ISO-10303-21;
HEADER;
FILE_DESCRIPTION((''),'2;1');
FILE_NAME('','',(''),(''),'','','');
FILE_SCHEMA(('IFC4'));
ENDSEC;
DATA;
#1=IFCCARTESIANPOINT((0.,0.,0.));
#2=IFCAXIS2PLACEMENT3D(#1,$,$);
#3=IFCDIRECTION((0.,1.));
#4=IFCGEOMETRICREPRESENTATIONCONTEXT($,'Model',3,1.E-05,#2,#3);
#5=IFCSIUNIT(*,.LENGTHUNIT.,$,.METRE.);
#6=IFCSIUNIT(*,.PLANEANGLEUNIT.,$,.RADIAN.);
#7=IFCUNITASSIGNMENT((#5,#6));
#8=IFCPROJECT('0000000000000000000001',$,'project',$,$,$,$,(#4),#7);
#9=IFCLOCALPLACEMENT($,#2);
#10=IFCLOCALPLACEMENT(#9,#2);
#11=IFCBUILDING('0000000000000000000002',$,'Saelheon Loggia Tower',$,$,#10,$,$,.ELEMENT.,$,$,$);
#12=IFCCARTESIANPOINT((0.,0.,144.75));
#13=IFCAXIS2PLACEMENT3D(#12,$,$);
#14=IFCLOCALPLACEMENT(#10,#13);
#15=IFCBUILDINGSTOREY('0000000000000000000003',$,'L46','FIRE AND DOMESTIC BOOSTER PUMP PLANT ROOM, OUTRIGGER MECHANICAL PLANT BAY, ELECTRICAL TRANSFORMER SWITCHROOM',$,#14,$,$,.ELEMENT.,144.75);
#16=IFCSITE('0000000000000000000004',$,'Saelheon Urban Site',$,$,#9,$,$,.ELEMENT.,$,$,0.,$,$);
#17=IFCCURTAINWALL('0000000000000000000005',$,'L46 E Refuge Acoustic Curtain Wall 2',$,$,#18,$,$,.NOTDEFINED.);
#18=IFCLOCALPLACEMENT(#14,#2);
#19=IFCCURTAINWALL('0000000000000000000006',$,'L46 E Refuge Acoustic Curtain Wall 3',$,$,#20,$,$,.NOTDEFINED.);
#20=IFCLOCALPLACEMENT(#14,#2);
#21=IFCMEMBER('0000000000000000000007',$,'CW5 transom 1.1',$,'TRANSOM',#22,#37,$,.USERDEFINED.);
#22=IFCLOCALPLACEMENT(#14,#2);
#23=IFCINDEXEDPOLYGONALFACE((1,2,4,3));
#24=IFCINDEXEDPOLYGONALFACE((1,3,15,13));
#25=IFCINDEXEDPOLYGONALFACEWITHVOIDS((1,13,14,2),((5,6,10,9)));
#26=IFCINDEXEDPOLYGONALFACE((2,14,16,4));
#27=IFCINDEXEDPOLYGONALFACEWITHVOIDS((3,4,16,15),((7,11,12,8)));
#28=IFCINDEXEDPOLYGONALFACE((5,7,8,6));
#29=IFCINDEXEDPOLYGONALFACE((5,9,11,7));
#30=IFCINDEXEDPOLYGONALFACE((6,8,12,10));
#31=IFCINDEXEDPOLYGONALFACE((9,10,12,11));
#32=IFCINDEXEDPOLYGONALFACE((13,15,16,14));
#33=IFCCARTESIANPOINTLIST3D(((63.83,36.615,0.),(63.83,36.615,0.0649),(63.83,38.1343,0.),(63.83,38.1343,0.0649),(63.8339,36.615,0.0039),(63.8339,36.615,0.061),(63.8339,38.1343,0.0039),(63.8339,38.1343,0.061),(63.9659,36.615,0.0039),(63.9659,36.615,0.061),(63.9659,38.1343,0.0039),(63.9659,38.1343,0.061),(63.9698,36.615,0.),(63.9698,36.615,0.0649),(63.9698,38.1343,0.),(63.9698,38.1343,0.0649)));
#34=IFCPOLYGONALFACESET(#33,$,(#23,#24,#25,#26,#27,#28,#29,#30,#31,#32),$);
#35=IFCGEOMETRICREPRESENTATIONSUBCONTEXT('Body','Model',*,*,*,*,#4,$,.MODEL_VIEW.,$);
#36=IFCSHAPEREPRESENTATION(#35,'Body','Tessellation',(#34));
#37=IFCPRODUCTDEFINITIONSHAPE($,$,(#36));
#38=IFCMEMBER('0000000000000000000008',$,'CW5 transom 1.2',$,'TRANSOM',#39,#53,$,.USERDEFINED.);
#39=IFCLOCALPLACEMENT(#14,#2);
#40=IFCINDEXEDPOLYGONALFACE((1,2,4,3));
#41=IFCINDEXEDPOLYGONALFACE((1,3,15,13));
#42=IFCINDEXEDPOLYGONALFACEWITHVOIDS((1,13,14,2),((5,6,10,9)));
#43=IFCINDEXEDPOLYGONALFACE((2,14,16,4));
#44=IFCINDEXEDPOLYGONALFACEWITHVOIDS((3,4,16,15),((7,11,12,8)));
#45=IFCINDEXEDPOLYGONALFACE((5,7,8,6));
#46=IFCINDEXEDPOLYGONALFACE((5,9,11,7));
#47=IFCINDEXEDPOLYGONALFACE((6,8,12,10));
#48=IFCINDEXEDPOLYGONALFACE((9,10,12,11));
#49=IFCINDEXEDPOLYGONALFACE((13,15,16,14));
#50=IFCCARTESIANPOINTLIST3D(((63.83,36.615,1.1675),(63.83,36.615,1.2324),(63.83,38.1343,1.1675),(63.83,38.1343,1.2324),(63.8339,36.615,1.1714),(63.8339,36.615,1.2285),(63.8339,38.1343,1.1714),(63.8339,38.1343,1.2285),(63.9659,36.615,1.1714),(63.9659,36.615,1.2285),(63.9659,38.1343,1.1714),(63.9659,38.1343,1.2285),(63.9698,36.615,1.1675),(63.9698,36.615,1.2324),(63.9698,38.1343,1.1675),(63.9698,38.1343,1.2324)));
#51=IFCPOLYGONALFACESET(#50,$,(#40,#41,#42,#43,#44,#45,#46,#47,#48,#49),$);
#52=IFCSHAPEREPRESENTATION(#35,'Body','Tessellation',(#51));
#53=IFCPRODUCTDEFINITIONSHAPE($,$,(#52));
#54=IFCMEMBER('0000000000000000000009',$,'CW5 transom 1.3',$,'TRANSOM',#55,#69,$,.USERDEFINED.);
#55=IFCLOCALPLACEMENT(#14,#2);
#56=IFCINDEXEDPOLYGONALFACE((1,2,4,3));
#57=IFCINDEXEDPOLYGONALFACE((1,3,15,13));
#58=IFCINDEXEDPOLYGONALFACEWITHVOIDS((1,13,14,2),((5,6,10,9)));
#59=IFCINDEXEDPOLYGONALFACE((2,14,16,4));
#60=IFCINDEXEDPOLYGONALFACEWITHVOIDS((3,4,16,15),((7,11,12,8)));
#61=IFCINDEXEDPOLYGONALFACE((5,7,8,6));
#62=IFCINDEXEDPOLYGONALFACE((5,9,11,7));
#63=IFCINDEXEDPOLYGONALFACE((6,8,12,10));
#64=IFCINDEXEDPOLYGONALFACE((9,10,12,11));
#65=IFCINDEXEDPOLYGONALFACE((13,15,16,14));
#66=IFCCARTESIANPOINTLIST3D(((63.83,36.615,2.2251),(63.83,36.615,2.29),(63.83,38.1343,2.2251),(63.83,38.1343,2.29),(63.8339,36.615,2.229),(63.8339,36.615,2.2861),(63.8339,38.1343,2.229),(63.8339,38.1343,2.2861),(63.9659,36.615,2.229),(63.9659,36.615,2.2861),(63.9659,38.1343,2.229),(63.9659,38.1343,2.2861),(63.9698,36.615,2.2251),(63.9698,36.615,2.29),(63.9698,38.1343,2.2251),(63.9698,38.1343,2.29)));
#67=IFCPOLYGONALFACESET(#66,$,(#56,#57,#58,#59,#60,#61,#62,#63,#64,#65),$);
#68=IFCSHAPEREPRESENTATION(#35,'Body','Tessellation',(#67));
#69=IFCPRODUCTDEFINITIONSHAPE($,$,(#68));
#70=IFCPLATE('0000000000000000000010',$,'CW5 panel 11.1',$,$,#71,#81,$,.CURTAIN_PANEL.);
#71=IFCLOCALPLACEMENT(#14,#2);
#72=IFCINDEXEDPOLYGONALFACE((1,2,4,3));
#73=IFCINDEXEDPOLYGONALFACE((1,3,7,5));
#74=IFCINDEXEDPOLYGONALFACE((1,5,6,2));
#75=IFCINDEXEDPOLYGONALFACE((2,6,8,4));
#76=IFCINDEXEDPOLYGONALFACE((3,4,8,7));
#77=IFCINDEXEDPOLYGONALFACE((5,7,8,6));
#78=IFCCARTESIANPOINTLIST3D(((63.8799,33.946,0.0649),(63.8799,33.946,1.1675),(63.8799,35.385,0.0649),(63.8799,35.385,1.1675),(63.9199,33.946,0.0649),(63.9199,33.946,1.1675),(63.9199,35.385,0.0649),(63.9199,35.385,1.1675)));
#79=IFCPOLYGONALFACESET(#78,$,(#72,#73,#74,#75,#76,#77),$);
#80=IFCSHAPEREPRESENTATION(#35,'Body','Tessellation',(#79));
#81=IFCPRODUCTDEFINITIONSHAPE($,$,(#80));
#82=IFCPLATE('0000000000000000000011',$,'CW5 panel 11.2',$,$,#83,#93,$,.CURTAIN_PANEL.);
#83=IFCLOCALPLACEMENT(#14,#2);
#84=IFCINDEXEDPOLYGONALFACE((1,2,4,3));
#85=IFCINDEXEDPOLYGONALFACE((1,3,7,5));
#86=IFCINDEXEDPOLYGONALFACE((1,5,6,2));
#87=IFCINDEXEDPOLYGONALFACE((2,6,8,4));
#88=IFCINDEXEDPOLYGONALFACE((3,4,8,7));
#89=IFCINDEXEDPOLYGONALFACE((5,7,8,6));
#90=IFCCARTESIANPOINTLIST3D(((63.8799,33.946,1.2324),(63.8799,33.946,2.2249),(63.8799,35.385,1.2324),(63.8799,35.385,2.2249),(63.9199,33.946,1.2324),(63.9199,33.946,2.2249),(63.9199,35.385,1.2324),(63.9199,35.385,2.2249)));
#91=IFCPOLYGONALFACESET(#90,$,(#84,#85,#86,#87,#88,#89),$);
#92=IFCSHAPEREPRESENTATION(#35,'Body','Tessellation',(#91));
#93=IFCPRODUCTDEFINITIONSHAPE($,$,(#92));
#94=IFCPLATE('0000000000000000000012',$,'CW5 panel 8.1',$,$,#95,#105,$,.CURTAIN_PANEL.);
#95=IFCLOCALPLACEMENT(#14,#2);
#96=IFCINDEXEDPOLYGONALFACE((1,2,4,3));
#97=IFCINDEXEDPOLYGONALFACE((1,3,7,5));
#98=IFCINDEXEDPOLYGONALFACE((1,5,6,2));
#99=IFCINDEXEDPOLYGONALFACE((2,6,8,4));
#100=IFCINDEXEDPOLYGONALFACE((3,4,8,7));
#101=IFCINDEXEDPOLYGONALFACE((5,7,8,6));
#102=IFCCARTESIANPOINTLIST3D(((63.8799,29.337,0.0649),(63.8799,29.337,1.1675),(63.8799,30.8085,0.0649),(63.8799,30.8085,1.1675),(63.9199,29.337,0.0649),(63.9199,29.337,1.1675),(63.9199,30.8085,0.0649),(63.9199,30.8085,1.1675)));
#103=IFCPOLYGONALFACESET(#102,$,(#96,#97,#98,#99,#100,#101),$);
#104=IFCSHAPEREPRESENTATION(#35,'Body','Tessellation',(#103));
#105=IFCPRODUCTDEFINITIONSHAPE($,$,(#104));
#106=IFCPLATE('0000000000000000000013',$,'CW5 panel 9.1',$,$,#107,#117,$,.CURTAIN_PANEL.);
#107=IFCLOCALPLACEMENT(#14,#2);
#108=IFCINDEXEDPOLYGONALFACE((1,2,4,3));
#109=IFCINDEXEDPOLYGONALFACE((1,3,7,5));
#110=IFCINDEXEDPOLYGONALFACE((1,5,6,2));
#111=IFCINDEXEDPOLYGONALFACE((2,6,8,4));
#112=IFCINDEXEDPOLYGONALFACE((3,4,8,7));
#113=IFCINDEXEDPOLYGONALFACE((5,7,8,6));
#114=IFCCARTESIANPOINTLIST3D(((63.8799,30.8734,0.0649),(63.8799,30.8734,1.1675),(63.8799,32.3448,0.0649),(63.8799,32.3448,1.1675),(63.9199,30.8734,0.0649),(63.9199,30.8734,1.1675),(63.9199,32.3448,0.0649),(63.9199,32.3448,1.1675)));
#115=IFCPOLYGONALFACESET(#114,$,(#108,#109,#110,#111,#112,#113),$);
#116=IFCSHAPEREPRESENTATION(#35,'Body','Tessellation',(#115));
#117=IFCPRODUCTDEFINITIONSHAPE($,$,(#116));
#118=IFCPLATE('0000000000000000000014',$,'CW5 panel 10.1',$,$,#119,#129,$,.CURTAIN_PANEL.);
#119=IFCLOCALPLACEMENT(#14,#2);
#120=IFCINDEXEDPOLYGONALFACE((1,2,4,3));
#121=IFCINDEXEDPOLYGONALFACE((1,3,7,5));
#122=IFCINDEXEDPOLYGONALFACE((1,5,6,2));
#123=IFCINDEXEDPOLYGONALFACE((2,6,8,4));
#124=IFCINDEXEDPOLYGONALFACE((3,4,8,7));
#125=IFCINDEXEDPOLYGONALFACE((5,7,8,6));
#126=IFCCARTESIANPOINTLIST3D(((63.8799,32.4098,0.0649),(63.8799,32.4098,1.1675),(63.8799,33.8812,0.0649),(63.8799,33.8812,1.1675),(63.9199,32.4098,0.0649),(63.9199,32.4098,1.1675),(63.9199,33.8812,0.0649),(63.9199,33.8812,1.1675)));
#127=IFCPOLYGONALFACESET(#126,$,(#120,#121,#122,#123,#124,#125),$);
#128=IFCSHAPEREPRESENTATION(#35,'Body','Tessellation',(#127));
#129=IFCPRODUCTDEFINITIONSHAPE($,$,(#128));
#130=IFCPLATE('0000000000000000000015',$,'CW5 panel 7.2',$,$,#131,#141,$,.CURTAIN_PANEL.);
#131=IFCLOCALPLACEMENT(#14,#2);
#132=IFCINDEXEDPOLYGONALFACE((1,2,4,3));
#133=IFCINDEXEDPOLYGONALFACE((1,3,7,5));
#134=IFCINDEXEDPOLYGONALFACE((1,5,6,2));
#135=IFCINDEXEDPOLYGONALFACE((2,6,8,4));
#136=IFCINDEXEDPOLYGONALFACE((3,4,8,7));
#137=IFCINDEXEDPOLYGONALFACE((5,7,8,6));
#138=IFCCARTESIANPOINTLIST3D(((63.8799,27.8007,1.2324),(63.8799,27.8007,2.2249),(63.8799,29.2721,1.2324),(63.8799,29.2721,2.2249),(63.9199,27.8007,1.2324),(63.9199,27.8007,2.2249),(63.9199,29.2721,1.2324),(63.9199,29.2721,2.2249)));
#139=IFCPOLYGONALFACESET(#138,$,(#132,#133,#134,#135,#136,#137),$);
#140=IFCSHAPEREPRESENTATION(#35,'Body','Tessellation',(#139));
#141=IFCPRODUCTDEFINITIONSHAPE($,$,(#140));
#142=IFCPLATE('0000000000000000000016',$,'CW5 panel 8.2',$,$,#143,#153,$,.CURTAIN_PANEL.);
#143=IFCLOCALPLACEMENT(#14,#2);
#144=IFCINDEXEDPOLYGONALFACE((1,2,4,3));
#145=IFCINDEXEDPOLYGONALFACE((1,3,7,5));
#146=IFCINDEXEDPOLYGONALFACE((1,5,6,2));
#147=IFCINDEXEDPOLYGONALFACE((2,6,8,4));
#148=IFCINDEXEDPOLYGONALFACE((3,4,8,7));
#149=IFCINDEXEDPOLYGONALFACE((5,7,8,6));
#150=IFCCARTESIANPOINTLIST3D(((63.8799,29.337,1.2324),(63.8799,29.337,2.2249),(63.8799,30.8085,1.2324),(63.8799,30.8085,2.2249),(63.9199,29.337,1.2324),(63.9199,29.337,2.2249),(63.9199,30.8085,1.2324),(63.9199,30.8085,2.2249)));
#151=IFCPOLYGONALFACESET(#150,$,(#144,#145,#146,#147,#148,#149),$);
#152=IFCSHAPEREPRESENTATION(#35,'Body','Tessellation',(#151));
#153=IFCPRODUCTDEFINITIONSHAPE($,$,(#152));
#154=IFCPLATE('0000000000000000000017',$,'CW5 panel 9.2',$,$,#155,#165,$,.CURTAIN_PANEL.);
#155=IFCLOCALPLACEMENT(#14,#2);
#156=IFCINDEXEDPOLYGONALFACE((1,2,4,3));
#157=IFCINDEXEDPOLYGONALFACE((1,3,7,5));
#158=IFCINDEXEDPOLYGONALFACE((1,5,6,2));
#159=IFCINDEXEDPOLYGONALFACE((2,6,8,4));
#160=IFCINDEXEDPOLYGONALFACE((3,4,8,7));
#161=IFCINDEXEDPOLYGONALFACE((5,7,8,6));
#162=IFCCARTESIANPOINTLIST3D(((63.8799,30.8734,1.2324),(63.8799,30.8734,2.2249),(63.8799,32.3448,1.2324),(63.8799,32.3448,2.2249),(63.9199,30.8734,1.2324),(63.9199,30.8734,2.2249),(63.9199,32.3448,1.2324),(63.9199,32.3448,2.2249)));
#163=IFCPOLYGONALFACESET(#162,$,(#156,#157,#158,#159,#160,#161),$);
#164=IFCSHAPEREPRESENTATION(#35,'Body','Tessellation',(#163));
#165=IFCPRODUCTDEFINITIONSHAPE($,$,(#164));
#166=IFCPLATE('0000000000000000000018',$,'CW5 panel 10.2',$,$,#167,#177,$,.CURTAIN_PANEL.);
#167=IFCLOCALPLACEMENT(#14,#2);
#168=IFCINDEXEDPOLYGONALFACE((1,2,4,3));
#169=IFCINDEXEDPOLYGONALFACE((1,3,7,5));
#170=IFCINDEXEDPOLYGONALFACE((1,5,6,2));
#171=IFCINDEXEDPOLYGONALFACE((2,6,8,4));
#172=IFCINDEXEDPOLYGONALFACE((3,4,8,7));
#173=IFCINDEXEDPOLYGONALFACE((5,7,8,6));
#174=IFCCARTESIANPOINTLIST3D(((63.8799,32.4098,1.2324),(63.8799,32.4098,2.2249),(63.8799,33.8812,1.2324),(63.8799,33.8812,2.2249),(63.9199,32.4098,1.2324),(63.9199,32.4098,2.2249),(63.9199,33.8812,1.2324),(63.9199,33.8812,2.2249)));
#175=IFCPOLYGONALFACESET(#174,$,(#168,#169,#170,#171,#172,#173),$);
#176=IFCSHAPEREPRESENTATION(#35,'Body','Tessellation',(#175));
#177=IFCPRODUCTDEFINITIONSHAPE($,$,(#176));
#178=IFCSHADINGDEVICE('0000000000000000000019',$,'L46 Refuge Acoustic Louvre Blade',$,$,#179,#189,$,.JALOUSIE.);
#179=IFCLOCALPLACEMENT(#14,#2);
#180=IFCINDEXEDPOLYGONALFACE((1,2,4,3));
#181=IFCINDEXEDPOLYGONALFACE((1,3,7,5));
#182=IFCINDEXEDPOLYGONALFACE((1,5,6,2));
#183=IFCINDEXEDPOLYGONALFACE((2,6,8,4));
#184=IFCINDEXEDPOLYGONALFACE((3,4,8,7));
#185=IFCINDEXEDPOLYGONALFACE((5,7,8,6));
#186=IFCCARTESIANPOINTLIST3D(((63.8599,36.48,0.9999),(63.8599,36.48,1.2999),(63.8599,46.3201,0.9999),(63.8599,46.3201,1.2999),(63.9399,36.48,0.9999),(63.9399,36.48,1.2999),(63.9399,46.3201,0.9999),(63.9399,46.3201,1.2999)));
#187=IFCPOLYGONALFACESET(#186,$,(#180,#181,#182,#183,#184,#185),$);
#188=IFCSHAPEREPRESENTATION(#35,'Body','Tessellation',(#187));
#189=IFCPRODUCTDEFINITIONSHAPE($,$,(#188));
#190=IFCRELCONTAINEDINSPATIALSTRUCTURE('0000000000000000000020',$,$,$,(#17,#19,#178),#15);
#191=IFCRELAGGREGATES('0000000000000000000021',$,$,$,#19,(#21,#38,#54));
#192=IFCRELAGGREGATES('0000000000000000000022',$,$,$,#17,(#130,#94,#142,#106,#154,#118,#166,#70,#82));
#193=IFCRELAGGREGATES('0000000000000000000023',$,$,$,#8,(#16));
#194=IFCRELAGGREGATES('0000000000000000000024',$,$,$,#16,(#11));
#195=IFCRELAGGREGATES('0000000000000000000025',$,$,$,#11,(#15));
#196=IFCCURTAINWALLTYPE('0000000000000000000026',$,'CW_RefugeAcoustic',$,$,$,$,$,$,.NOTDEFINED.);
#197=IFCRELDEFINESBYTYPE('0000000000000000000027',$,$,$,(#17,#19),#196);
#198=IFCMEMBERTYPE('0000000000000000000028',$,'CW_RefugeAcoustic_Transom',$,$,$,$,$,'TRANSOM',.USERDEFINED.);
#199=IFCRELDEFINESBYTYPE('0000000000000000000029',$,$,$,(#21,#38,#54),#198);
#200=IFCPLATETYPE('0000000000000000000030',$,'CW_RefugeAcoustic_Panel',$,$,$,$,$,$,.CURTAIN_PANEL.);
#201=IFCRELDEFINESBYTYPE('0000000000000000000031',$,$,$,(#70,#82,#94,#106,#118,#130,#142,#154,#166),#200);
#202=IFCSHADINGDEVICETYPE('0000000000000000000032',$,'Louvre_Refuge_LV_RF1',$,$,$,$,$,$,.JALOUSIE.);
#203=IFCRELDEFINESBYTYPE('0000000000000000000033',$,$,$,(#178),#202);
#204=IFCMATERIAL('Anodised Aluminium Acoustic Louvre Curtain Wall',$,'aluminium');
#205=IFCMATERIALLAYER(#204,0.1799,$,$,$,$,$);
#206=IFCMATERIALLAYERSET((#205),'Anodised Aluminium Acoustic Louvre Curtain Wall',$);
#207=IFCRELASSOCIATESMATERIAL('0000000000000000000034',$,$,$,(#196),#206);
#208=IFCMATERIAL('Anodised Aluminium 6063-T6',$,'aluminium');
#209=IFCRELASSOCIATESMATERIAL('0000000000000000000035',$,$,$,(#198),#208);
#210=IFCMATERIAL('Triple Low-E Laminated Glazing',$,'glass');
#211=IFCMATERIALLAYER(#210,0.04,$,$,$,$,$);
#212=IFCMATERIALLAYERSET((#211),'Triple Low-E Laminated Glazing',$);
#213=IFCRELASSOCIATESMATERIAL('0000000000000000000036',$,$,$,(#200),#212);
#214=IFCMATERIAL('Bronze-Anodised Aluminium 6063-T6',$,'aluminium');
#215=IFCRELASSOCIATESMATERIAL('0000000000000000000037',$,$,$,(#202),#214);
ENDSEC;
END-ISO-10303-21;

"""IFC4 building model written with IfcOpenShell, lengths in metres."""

from ifc_helpers import new_model, si_unit, direction, frame, origin, origin_2d, place, context, subcontext, project, spatial, rectangle, hollow_rectangle, extrude, source, transform, mapped, material, layer, layer_set, material_profile, profile_set, type_object, element, aggregate, save


model = new_model("IFC4")

# Units and contexts
model_context = context("Model", 3, precision=1e-05, world=origin(), true_north=direction((0.0, 1.0)))
body_context = subcontext(model_context, "Body", "Model", "MODEL_VIEW")
ifc_project = project(units=[si_unit("LENGTHUNIT", "METRE"), si_unit("PLANEANGLEUNIT", "RADIAN")], contexts=[model_context])

# Site, building, storey
site_placement = place(None, origin())
site = spatial("IfcSite", under=ifc_project, at=site_placement, Name="Saelheon Urban Site", CompositionType="ELEMENT", RefElevation=0.0)
building_placement = place(site_placement, origin())
building = spatial("IfcBuilding", under=site, at=building_placement, Name="Saelheon Loggia Tower", CompositionType="ELEMENT")
storey_placement = place(building_placement, frame((0.0, 0.0, 144.75)))
storey = spatial("IfcBuildingStorey", under=building, at=storey_placement, Name="L46", Description="FIRE AND DOMESTIC BOOSTER PUMP PLANT ROOM, OUTRIGGER MECHANICAL PLANT BAY, ELECTRICAL TRANSFORMER SWITCHROOM", CompositionType="ELEMENT", Elevation=144.75)

# Curtain wall
ifc_material_1 = material(Name="Anodised Aluminium Acoustic Louvre Curtain Wall", Category="aluminium")
ifc_layer_1 = layer(ifc_material_1, 0.1799)
ifc_layer_set_1 = layer_set([ifc_layer_1], Name="Anodised Aluminium Acoustic Louvre Curtain Wall")
curtain_wall_type = type_object("IfcCurtainWallType", Name="CW_RefugeAcoustic", PredefinedType="NOTDEFINED", material=ifc_layer_set_1)
curtain_wall_1_placement = place(storey_placement, origin())
curtain_wall_1 = element("IfcCurtainWall", 1, at=curtain_wall_1_placement, inside=storey, type_object=curtain_wall_type, Name="L46 E Refuge Acoustic Curtain Wall 2", PredefinedType="NOTDEFINED")
ifc_material_2 = material(Name="Anodised Aluminium 6063-T6", Category="aluminium")

# Curtain wall
curtain_wall_2_placement = place(storey_placement, origin())
curtain_wall_2 = element("IfcCurtainWall", 2, at=curtain_wall_2_placement, inside=storey, type_object=curtain_wall_type, Name="L46 E Refuge Acoustic Curtain Wall 3", PredefinedType="NOTDEFINED")

# Members
ifc_material_profile_1 = material_profile(ifc_material_2, hollow_rectangle(XDim=0.0649, YDim=0.1399, WallThickness=0.0039, at=origin_2d()), Name="RHS-140x65x4")
ifc_profile_set_1 = profile_set([ifc_material_profile_1], Name="Anodised Aluminium 6063-T6")
member_type_1 = type_object("IfcMemberType", Name="CW_RefugeAcoustic_Transom", ElementType="TRANSOM", PredefinedType="USERDEFINED", material=ifc_profile_set_1)
shared_shape_1 = source(origin(), body_context, "Body", "SweptSolid", [
    extrude(hollow_rectangle(XDim=0.0649, YDim=0.1399, WallThickness=0.0039, at=origin_2d()), origin(), (0.0, 0.0, 1.0), 1.5193),
])
member_1_placement = place(storey_placement, frame((63.8999, 36.615, 0.0325), z_axis=(0.0, 1.0, 0.0), x_axis=(0.0, 0.0, 1.0)))
member_1 = element("IfcMember", 3, at=member_1_placement, type_object=member_type_1, Name="CW5 transom 1.1", ObjectType="TRANSOM", PredefinedType="USERDEFINED", context=body_context, shape_type="MappedRepresentation", body=[
    mapped(shared_shape_1, transform((0.0, 0.0, 0.0), scale=1.0)),
])
member_2_placement = place(storey_placement, frame((63.8999, 36.615, 1.2), z_axis=(0.0, 1.0, 0.0), x_axis=(0.0, 0.0, 1.0)))
member_2 = element("IfcMember", 4, at=member_2_placement, type_object=member_type_1, Name="CW5 transom 1.2", ObjectType="TRANSOM", PredefinedType="USERDEFINED", context=body_context, shape_type="MappedRepresentation", body=[
    mapped(shared_shape_1, transform((0.0, 0.0, 0.0), scale=1.0)),
])
member_3_placement = place(storey_placement, frame((63.8999, 36.615, 2.2576), z_axis=(0.0, 1.0, 0.0), x_axis=(0.0, 0.0, 1.0)))
member_3 = element("IfcMember", 5, at=member_3_placement, type_object=member_type_1, Name="CW5 transom 1.3", ObjectType="TRANSOM", PredefinedType="USERDEFINED", context=body_context, shape_type="MappedRepresentation", body=[
    mapped(shared_shape_1, transform((0.0, 0.0, 0.0), scale=1.0)),
])
aggregate(curtain_wall_2, [member_1, member_2, member_3])

# Plates
ifc_material_3 = material(Name="Triple Low-E Laminated Glazing", Category="glass")
ifc_layer_2 = layer(ifc_material_3, 0.04)
ifc_layer_set_2 = layer_set([ifc_layer_2], Name="Triple Low-E Laminated Glazing")
plate_type = type_object("IfcPlateType", Name="CW_RefugeAcoustic_Panel", PredefinedType="CURTAIN_PANEL", material=ifc_layer_set_2)
shared_shape_2 = source(origin(), body_context, "Body", "SweptSolid", [
    extrude(rectangle(XDim=1.439, YDim=0.04, at=origin_2d()), origin(), (0.0, 0.0, 1.0), 1.1025),
])
plate_1_placement = place(storey_placement, frame((63.8999, 34.6655, 0.0649), z_axis=(0.0, 0.0, 1.0), x_axis=(0.0, 1.0, 0.0)))
plate_1 = element("IfcPlate", 6, at=plate_1_placement, type_object=plate_type, Name="CW5 panel 11.1", PredefinedType="CURTAIN_PANEL", context=body_context, shape_type="MappedRepresentation", body=[
    mapped(shared_shape_2, transform((0.0, 0.0, 0.0), scale=1.0)),
])
shared_shape_3 = source(origin(), body_context, "Body", "SweptSolid", [
    extrude(rectangle(XDim=1.439, YDim=0.04, at=origin_2d()), origin(), (0.0, 0.0, 1.0), 0.9924),
])
plate_2_placement = place(storey_placement, frame((63.8999, 34.6655, 1.2324), z_axis=(0.0, 0.0, 1.0), x_axis=(0.0, 1.0, 0.0)))
plate_2 = element("IfcPlate", 7, at=plate_2_placement, type_object=plate_type, Name="CW5 panel 11.2", PredefinedType="CURTAIN_PANEL", context=body_context, shape_type="MappedRepresentation", body=[
    mapped(shared_shape_3, transform((0.0, 0.0, 0.0), scale=1.0)),
])
shared_shape_4 = source(origin(), body_context, "Body", "SweptSolid", [
    extrude(rectangle(XDim=1.4714, YDim=0.04, at=origin_2d()), origin(), (0.0, 0.0, 1.0), 1.1025),
])
plate_3_placement = place(storey_placement, frame((63.8999, 30.0728, 0.0649), z_axis=(0.0, 0.0, 1.0), x_axis=(0.0, 1.0, 0.0)))
plate_3 = element("IfcPlate", 8, at=plate_3_placement, type_object=plate_type, Name="CW5 panel 8.1", PredefinedType="CURTAIN_PANEL", context=body_context, shape_type="MappedRepresentation", body=[
    mapped(shared_shape_4, transform((0.0, 0.0, 0.0), scale=1.0)),
])
plate_4_placement = place(storey_placement, frame((63.8999, 31.6091, 0.0649), z_axis=(0.0, 0.0, 1.0), x_axis=(0.0, 1.0, 0.0)))
plate_4 = element("IfcPlate", 9, at=plate_4_placement, type_object=plate_type, Name="CW5 panel 9.1", PredefinedType="CURTAIN_PANEL", context=body_context, shape_type="MappedRepresentation", body=[
    mapped(shared_shape_4, transform((0.0, 0.0, 0.0), scale=1.0)),
])
plate_5_placement = place(storey_placement, frame((63.8999, 33.1455, 0.0649), z_axis=(0.0, 0.0, 1.0), x_axis=(0.0, 1.0, 0.0)))
plate_5 = element("IfcPlate", 10, at=plate_5_placement, type_object=plate_type, Name="CW5 panel 10.1", PredefinedType="CURTAIN_PANEL", context=body_context, shape_type="MappedRepresentation", body=[
    mapped(shared_shape_4, transform((0.0, 0.0, 0.0), scale=1.0)),
])
shared_shape_5 = source(origin(), body_context, "Body", "SweptSolid", [
    extrude(rectangle(XDim=1.4714, YDim=0.04, at=origin_2d()), origin(), (0.0, 0.0, 1.0), 0.9924),
])
plate_6_placement = place(storey_placement, frame((63.8999, 28.5364, 1.2324), z_axis=(0.0, 0.0, 1.0), x_axis=(0.0, 1.0, 0.0)))
plate_6 = element("IfcPlate", 11, at=plate_6_placement, type_object=plate_type, Name="CW5 panel 7.2", PredefinedType="CURTAIN_PANEL", context=body_context, shape_type="MappedRepresentation", body=[
    mapped(shared_shape_5, transform((0.0, 0.0, 0.0), scale=1.0)),
])
plate_7_placement = place(storey_placement, frame((63.8999, 30.0728, 1.2324), z_axis=(0.0, 0.0, 1.0), x_axis=(0.0, 1.0, 0.0)))
plate_7 = element("IfcPlate", 12, at=plate_7_placement, type_object=plate_type, Name="CW5 panel 8.2", PredefinedType="CURTAIN_PANEL", context=body_context, shape_type="MappedRepresentation", body=[
    mapped(shared_shape_5, transform((0.0, 0.0, 0.0), scale=1.0)),
])
plate_8_placement = place(storey_placement, frame((63.8999, 31.6091, 1.2324), z_axis=(0.0, 0.0, 1.0), x_axis=(0.0, 1.0, 0.0)))
plate_8 = element("IfcPlate", 13, at=plate_8_placement, type_object=plate_type, Name="CW5 panel 9.2", PredefinedType="CURTAIN_PANEL", context=body_context, shape_type="MappedRepresentation", body=[
    mapped(shared_shape_5, transform((0.0, 0.0, 0.0), scale=1.0)),
])
plate_9_placement = place(storey_placement, frame((63.8999, 33.1455, 1.2324), z_axis=(0.0, 0.0, 1.0), x_axis=(0.0, 1.0, 0.0)))
plate_9 = element("IfcPlate", 14, at=plate_9_placement, type_object=plate_type, Name="CW5 panel 10.2", PredefinedType="CURTAIN_PANEL", context=body_context, shape_type="MappedRepresentation", body=[
    mapped(shared_shape_5, transform((0.0, 0.0, 0.0), scale=1.0)),
])
aggregate(curtain_wall_1, [plate_6, plate_3, plate_7, plate_4, plate_8, plate_5, plate_9, plate_1, plate_2])

# Shading device
ifc_material_4 = material(Name="Bronze-Anodised Aluminium 6063-T6", Category="aluminium")
ifc_material_profile_2 = material_profile(ifc_material_4, rectangle(XDim=0.0801, YDim=0.3, at=origin_2d()), Name="Louvre_Refuge_LV_RF1")
ifc_profile_set_2 = profile_set([ifc_material_profile_2], Name="Bronze-Anodised Aluminium 6063-T6")
shading_device_type = type_object("IfcShadingDeviceType", Name="Louvre_Refuge_LV_RF1", PredefinedType="JALOUSIE", material=ifc_profile_set_2)
shared_shape_6 = source(origin(), body_context, "Body", "SweptSolid", [
    extrude(rectangle(XDim=0.0801, YDim=0.3, at=origin_2d()), origin(), (0.0, 0.0, 1.0), 9.8401),
])
shading_device_placement = place(storey_placement, frame((63.8999, 36.48, 1.1499), z_axis=(0.0, 1.0, 0.0), x_axis=(-1.0, 0.0, 0.0)))
element("IfcShadingDevice", 15, at=shading_device_placement, inside=storey, type_object=shading_device_type, Name="L46 Refuge Acoustic Louvre Blade", PredefinedType="JALOUSIE", context=body_context, shape_type="MappedRepresentation", body=[
    mapped(shared_shape_6, transform((0.0, 0.0, 0.0), scale=1.0)),
])

save(model, "model.ifc")
